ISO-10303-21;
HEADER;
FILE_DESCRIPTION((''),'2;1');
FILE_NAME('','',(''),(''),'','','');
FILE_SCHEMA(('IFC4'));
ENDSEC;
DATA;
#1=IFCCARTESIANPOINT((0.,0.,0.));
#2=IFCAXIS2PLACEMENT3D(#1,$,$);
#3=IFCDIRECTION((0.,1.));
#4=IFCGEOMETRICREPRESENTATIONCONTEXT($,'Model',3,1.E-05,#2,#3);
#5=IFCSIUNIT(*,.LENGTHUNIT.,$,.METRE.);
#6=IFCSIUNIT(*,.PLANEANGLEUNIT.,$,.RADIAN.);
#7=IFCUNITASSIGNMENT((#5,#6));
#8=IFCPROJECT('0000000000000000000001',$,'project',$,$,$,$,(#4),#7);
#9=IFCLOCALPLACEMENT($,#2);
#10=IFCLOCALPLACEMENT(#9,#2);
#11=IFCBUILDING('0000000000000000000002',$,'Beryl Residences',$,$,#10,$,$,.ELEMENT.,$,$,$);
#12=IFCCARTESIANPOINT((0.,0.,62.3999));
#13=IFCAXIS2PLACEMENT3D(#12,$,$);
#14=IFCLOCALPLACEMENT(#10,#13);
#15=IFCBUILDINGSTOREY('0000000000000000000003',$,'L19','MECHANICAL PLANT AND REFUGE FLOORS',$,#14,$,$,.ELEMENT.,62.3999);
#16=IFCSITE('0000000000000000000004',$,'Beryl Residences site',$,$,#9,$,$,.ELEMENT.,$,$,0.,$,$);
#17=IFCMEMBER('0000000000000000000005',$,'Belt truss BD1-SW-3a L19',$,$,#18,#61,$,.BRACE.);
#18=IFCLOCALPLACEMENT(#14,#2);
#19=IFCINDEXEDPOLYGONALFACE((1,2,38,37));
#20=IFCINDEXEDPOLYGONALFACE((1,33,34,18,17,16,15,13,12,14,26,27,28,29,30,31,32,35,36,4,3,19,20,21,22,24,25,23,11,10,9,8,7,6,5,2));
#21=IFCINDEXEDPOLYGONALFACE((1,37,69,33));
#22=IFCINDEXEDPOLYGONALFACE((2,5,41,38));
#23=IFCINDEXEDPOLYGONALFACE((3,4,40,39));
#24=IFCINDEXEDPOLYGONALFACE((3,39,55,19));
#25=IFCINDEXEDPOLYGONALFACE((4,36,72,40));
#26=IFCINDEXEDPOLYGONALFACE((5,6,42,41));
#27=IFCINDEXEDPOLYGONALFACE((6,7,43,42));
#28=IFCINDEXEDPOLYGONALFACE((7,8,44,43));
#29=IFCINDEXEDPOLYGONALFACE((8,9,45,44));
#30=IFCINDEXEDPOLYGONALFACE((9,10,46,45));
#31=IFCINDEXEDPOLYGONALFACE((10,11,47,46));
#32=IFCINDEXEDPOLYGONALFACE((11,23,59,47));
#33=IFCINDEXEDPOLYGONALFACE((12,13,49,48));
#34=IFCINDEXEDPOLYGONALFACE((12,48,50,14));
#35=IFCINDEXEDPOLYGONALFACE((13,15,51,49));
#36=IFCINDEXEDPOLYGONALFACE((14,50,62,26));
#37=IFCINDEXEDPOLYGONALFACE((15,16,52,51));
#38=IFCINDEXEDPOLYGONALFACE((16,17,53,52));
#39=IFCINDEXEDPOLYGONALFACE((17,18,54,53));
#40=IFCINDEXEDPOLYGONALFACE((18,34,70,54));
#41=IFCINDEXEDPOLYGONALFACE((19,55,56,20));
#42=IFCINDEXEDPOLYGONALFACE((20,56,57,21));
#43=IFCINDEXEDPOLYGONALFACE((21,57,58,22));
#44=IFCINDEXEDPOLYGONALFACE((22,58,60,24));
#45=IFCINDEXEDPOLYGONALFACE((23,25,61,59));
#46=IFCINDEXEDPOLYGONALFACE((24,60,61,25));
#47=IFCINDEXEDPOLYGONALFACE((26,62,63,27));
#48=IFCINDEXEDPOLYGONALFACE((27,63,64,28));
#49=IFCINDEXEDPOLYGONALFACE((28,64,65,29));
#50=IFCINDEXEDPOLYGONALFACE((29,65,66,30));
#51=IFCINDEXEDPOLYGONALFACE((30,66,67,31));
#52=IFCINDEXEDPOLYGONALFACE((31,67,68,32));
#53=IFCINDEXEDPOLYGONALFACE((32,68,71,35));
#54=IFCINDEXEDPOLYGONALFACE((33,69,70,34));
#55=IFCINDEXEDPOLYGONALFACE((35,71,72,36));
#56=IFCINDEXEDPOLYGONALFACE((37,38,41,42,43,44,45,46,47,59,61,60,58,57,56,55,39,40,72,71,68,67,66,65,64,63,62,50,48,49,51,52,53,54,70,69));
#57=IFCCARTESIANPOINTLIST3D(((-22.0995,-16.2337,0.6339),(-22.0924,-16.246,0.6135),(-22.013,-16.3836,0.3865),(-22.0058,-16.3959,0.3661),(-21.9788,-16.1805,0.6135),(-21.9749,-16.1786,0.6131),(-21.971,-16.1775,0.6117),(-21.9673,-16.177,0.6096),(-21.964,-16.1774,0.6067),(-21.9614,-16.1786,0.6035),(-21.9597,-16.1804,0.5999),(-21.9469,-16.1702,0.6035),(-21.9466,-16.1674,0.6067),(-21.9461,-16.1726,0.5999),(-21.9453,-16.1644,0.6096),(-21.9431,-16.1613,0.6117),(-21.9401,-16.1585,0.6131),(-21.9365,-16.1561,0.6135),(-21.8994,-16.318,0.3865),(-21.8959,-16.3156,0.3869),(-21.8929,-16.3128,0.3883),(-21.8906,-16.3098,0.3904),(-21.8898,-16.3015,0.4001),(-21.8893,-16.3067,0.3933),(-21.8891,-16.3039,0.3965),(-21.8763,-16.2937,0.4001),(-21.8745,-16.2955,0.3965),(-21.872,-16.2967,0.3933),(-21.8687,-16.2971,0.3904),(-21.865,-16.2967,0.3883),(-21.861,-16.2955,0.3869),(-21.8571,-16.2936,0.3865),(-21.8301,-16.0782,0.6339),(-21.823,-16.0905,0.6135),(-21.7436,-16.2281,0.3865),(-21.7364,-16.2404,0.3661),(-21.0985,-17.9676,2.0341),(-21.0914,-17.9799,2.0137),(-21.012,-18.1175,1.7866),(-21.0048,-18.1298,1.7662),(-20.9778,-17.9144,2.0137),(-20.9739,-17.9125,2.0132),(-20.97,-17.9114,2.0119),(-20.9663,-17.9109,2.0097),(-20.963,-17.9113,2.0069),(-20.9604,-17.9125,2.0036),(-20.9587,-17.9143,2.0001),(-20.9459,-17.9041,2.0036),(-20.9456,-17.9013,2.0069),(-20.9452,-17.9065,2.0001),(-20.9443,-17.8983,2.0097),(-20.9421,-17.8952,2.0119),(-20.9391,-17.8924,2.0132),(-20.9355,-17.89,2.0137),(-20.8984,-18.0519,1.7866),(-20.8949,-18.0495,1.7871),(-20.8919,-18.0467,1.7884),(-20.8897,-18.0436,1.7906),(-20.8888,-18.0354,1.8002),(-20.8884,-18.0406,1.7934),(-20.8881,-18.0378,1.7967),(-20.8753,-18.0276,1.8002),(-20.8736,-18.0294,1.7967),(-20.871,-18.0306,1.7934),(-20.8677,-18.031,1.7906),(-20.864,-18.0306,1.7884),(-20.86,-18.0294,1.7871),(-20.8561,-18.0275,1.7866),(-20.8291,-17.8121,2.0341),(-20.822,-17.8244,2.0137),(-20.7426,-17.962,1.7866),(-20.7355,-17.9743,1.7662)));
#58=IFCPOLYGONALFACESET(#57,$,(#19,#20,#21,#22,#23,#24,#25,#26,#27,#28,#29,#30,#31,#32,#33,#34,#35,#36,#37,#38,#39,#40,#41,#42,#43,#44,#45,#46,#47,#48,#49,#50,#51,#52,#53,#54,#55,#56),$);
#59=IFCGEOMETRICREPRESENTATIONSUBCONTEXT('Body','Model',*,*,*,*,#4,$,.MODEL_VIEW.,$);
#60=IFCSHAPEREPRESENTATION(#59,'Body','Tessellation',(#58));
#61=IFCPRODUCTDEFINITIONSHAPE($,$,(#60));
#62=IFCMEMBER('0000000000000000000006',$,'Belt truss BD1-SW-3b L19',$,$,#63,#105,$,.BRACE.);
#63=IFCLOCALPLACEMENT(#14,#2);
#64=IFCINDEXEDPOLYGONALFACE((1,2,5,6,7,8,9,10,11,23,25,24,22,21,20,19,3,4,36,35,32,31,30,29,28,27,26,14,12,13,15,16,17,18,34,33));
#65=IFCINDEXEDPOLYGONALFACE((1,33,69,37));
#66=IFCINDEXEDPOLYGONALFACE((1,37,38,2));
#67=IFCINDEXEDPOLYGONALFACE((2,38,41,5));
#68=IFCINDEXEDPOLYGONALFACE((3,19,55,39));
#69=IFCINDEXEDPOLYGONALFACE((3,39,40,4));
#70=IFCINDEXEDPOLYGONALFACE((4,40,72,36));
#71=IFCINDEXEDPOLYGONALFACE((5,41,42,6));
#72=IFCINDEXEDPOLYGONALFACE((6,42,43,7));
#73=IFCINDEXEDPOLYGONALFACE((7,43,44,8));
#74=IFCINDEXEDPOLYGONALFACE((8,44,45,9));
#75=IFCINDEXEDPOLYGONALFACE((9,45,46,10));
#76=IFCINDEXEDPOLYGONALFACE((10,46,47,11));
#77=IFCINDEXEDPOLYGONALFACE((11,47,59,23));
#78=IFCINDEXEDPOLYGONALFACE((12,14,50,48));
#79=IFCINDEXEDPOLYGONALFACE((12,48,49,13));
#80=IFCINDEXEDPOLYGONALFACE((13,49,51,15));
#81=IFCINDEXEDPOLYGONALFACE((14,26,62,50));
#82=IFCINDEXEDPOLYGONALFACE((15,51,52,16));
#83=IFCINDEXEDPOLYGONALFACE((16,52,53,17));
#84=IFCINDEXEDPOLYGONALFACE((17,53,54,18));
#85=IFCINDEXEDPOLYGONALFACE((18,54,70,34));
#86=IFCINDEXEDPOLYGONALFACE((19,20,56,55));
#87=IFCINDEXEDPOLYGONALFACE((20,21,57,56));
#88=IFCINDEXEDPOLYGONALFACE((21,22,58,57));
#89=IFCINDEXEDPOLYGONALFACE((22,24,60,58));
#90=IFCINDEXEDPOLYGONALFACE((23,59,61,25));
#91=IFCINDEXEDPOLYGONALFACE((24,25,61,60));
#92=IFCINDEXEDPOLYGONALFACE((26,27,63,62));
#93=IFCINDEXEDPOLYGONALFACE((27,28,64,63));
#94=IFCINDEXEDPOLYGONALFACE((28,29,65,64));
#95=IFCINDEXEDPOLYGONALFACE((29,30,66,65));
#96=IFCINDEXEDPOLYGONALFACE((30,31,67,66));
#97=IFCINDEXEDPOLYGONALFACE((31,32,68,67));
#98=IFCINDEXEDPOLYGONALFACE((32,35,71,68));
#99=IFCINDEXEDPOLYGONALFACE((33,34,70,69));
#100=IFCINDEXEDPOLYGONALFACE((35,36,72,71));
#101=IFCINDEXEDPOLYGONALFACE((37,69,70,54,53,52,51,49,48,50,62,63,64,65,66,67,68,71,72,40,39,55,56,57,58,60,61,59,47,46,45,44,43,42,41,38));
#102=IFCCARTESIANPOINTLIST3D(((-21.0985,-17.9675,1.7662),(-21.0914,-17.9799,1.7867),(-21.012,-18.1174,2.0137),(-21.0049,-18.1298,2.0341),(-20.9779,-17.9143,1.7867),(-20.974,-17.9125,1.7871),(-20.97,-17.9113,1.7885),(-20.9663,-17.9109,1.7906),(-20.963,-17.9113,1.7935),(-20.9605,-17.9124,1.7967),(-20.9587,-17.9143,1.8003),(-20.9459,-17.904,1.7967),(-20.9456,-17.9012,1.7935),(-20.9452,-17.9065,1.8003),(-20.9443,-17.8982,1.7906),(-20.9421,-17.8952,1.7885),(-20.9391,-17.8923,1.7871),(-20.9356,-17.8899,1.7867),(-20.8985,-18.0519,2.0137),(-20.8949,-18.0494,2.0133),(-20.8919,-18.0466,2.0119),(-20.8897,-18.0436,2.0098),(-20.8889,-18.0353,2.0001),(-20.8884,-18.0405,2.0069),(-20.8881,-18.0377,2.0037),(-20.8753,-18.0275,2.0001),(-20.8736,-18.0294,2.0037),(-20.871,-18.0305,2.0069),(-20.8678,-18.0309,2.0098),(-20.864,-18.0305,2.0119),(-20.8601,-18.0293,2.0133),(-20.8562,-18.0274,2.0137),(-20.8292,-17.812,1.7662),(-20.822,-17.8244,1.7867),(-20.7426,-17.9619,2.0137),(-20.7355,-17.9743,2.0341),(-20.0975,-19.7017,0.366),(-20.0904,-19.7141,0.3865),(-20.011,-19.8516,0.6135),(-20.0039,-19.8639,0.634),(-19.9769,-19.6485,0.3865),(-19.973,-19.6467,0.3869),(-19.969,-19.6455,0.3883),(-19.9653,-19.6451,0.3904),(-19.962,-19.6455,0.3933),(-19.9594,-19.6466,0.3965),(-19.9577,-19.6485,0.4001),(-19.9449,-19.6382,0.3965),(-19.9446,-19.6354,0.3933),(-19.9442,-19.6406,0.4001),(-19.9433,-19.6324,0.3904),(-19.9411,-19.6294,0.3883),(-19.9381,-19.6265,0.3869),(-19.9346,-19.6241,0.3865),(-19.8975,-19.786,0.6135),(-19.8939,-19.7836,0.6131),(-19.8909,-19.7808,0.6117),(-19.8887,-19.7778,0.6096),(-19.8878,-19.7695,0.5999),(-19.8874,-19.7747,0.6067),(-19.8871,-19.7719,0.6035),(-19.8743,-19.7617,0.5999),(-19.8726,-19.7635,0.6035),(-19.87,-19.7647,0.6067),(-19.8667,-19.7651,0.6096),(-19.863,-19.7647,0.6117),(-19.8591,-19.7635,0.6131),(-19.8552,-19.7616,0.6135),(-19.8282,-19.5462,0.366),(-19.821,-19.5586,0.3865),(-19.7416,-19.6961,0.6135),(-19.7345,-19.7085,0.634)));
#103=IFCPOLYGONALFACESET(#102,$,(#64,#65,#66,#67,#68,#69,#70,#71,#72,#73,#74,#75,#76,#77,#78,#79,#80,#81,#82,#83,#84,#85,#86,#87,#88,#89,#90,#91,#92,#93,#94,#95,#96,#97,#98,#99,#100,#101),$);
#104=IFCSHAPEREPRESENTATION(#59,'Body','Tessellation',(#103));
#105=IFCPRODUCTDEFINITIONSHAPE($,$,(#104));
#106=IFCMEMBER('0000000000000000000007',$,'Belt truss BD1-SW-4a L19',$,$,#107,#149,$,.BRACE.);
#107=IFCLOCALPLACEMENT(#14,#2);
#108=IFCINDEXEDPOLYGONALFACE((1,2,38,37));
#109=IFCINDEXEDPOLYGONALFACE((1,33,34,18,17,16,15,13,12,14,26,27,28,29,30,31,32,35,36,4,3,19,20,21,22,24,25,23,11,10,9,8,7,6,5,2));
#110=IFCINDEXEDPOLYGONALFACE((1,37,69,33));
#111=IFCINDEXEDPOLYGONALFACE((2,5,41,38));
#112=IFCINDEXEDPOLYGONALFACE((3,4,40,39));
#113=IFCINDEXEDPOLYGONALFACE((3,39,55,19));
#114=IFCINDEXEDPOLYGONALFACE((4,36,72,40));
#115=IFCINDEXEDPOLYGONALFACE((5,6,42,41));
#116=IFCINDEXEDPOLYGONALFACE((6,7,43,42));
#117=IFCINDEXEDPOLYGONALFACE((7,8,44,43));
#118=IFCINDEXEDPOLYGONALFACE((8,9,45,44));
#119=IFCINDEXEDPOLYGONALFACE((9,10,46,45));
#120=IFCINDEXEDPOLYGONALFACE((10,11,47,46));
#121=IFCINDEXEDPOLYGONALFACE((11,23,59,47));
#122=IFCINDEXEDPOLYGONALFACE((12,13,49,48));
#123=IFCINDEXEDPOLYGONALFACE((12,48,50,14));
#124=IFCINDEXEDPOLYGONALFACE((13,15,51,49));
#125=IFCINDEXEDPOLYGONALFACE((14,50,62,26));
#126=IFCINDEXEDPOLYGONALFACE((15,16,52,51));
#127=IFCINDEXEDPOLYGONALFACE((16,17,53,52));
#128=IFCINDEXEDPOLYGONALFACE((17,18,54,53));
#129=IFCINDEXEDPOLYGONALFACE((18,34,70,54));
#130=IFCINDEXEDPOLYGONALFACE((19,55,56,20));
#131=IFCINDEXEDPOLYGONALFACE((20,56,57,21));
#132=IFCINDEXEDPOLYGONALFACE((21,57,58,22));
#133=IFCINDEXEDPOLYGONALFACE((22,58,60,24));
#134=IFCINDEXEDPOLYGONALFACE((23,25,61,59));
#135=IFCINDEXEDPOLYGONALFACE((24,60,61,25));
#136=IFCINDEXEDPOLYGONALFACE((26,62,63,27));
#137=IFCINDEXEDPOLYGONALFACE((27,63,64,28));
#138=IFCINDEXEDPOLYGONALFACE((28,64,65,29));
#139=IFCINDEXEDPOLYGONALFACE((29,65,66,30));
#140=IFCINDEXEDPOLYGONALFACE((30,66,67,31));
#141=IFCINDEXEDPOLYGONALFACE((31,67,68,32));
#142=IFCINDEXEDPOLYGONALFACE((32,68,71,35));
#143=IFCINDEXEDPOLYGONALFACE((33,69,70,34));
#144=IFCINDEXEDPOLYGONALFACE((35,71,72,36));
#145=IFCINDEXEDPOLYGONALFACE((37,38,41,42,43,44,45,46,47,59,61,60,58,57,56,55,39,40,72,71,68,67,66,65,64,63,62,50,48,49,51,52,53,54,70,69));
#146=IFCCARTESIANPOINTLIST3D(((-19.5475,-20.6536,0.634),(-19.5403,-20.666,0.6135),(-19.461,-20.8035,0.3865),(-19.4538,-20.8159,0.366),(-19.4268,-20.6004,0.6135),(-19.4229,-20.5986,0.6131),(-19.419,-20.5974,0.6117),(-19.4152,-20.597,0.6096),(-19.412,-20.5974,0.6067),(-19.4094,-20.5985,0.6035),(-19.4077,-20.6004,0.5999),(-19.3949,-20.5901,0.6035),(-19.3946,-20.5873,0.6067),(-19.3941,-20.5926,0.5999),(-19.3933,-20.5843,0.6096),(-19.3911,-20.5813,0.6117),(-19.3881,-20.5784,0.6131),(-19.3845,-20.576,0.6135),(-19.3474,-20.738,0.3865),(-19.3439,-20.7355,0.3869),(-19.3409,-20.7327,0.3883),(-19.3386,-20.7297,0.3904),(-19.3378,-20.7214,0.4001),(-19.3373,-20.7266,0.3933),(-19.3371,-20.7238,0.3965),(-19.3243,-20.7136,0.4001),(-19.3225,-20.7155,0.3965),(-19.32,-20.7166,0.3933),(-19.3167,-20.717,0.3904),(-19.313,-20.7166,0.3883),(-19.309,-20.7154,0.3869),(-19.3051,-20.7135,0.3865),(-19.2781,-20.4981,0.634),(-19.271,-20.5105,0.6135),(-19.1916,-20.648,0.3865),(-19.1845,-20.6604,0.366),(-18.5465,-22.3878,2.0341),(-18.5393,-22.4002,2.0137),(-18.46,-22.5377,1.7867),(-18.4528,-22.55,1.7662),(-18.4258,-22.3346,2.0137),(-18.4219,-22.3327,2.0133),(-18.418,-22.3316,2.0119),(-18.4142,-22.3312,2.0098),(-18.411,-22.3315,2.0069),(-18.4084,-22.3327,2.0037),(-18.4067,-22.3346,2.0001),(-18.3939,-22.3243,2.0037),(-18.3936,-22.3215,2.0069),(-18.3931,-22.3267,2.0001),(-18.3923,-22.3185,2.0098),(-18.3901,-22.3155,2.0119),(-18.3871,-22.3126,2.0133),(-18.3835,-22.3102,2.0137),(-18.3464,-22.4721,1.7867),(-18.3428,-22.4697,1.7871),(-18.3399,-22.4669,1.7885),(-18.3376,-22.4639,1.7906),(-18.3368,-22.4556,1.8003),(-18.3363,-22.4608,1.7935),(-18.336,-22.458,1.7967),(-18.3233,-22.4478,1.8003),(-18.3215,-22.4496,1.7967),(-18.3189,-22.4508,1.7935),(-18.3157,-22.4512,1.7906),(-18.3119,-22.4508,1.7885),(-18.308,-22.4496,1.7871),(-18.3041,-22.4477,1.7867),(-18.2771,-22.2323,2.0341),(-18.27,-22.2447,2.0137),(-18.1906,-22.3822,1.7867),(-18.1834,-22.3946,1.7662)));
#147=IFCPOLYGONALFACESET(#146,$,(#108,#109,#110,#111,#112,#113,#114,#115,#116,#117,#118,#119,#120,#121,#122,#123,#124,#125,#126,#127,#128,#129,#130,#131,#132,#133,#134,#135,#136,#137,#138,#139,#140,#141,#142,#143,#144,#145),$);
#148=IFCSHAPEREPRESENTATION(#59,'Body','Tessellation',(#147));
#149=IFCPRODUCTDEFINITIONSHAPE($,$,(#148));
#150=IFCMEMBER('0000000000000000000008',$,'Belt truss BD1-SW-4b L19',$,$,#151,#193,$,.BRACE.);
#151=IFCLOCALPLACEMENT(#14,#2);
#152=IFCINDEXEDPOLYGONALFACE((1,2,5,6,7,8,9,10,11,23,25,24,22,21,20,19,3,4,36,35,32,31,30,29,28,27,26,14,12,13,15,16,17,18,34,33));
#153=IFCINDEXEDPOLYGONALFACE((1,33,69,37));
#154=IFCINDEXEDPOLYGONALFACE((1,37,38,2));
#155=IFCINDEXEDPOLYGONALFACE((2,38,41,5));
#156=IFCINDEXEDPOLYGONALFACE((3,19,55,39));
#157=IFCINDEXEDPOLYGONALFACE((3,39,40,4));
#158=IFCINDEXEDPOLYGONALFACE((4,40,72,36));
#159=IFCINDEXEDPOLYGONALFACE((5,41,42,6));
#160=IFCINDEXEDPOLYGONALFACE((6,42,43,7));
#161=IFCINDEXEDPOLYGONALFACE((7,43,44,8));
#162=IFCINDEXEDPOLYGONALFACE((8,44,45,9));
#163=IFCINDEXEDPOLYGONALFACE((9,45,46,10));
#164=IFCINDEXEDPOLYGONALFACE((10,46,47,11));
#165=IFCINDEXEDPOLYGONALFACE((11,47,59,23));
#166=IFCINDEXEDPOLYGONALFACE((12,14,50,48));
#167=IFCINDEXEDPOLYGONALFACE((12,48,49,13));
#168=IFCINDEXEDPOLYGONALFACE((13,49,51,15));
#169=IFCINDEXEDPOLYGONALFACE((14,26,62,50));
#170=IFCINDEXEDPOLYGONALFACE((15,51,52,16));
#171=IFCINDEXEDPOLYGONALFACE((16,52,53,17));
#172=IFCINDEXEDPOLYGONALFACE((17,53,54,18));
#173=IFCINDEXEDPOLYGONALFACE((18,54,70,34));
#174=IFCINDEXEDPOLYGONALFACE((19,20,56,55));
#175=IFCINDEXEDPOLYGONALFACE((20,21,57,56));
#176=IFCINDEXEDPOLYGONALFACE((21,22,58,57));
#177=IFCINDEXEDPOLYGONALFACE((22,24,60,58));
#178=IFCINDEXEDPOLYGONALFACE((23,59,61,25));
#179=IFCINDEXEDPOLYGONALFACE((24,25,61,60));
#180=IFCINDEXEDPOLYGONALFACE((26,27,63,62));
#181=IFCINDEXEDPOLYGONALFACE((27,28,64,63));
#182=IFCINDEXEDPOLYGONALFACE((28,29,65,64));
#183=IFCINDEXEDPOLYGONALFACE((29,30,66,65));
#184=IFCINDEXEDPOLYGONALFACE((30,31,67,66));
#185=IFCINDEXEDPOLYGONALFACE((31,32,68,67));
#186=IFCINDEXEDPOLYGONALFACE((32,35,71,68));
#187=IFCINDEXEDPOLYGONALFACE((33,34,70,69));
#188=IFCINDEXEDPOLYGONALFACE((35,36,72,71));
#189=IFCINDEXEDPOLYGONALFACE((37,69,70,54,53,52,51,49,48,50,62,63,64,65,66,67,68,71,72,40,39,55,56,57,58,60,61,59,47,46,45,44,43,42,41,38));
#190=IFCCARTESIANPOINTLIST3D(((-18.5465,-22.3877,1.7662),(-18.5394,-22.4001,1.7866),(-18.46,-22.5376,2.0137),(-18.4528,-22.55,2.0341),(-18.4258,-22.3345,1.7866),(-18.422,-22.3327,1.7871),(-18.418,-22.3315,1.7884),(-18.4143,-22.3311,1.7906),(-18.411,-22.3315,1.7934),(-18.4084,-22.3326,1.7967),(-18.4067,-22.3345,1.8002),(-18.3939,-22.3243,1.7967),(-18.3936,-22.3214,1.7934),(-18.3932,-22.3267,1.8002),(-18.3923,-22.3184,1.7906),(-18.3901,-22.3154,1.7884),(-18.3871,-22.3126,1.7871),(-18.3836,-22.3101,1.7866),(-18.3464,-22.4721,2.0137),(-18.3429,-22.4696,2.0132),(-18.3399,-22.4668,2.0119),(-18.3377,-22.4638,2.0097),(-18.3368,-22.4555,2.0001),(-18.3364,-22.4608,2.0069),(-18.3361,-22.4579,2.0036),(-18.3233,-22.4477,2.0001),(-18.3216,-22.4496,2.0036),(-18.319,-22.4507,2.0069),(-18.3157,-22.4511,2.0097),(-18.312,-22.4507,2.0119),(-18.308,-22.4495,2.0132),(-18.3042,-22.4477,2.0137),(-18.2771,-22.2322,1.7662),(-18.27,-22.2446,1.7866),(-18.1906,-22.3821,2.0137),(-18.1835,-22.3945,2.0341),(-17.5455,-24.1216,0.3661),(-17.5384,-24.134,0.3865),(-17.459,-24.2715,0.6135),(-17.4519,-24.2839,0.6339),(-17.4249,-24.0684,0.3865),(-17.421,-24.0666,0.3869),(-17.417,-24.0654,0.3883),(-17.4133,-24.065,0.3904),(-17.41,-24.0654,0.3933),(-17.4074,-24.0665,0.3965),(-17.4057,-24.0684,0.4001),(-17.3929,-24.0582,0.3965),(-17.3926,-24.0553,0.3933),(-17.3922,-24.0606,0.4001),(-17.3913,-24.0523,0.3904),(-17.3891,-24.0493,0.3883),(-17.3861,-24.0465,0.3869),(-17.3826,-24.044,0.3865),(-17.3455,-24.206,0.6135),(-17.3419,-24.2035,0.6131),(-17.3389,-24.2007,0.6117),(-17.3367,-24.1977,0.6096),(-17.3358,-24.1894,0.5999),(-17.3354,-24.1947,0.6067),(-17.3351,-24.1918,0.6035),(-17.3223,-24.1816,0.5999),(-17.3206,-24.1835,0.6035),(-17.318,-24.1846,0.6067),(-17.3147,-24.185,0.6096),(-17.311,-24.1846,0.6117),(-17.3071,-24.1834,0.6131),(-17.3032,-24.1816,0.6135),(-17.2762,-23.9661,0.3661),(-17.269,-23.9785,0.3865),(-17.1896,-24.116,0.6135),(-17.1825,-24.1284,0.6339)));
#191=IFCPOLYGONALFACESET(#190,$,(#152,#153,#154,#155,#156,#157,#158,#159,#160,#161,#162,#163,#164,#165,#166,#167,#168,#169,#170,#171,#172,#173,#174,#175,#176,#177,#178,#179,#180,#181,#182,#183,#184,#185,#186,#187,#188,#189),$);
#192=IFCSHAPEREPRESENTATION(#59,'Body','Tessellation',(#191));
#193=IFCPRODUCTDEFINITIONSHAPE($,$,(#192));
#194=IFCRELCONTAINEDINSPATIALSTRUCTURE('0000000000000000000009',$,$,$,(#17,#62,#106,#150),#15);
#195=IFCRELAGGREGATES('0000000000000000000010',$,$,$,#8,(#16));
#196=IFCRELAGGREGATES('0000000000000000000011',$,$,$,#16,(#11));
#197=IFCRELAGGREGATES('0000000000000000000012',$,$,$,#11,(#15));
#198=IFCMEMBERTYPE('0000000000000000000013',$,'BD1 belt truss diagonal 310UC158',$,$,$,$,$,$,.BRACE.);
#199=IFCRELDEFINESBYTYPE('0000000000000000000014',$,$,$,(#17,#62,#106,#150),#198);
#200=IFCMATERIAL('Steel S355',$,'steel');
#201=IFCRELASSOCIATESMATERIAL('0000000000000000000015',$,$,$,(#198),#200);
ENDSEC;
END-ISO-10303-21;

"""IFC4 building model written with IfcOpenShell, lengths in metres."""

from ifc_helpers import new_model, si_unit, direction, frame, origin, origin_2d, place, context, subcontext, project, spatial, i_section, extrude, material, material_profile, profile_set, type_object, element, save


model = new_model("IFC4")

# Units and contexts
model_context = context("Model", 3, precision=1e-05, world=origin(), true_north=direction((0.0, 1.0)))
body_context = subcontext(model_context, "Body", "Model", "MODEL_VIEW")
ifc_project = project(units=[si_unit("LENGTHUNIT", "METRE"), si_unit("PLANEANGLEUNIT", "RADIAN")], contexts=[model_context])

# Site, building, storey
site_placement = place(None, origin())
site = spatial("IfcSite", under=ifc_project, at=site_placement, Name="Beryl Residences site", CompositionType="ELEMENT", RefElevation=0.0)
building_placement = place(site_placement, origin())
building = spatial("IfcBuilding", under=site, at=building_placement, Name="Beryl Residences", CompositionType="ELEMENT")
storey_placement = place(building_placement, frame((0.0, 0.0, 62.3999)))
storey = spatial("IfcBuildingStorey", under=building, at=storey_placement, Name="L19", Description="MECHANICAL PLANT AND REFUGE FLOORS", CompositionType="ELEMENT", Elevation=62.3999)

# Members
ifc_material_1 = material(Name="Steel S355", Category="steel")
ifc_material_profile_1 = material_profile(ifc_material_1, i_section(OverallWidth=0.311, OverallDepth=0.3269, WebThickness=0.0156, FlangeThickness=0.0249, FilletRadius=0.0166, at=origin_2d()))
ifc_profile_set_1 = profile_set([ifc_material_profile_1], Name="Steel S355")
member_type_1 = type_object("IfcMemberType", Name="BD1 belt truss diagonal 310UC158", PredefinedType="BRACE", material=ifc_profile_set_1)
for number, where, z_axis, x_axis, name in (
    (1, (-21.918, -16.2371, 0.5), (0.409716, -0.709708, 0.573103), (0.866043, 0.499969, 0.0), "Belt truss BD1-SW-3a L19"),
):
    element("IfcMember", number, at=place(storey_placement, frame(where, z_axis=z_axis, x_axis=x_axis)), inside=storey, type_object=member_type_1, Name=name, PredefinedType="BRACE", context=body_context, shape_type="SweptSolid", body=[
        extrude(i_section(OverallWidth=0.311, OverallDepth=0.3269, WebThickness=0.0156, FlangeThickness=0.0249, FilletRadius=0.0166, at=origin_2d()), origin(), (0.0, 0.0, 1.0), 2.4431),
    ])
for number, where, z_axis, x_axis, name in (
    (2, (-19.916, -19.7051, 0.5), (-0.409687, 0.709758, 0.573062), (-0.866074, -0.499916, 0.0), "Belt truss BD1-SW-3b L19"),
    (3, (-19.366, -20.657, 0.5), (0.409687, -0.709758, 0.573062), (0.866074, 0.499916, 0.0), "Belt truss BD1-SW-4a L19"),
):
    element("IfcMember", number, at=place(storey_placement, frame(where, z_axis=z_axis, x_axis=x_axis)), inside=storey, type_object=member_type_1, Name=name, PredefinedType="BRACE", context=body_context, shape_type="SweptSolid", body=[
        extrude(i_section(OverallWidth=0.311, OverallDepth=0.3269, WebThickness=0.0156, FlangeThickness=0.0249, FilletRadius=0.0166, at=origin_2d()), origin(), (0.0, 0.0, 1.0), 2.4434),
    ])
member_1_placement = place(storey_placement, frame((-17.364, -24.125, 0.5), z_axis=(-0.409716, 0.709708, 0.573103), x_axis=(-0.866043, -0.499969, 0.0)))
element("IfcMember", 4, at=member_1_placement, inside=storey, type_object=member_type_1, Name="Belt truss BD1-SW-4b L19", PredefinedType="BRACE", context=body_context, shape_type="SweptSolid", body=[
    extrude(i_section(OverallWidth=0.311, OverallDepth=0.3269, WebThickness=0.0156, FlangeThickness=0.0249, FilletRadius=0.0166, at=origin_2d()), origin(), (0.0, 0.0, 1.0), 2.4431),
])

save(model, "model.ifc")
